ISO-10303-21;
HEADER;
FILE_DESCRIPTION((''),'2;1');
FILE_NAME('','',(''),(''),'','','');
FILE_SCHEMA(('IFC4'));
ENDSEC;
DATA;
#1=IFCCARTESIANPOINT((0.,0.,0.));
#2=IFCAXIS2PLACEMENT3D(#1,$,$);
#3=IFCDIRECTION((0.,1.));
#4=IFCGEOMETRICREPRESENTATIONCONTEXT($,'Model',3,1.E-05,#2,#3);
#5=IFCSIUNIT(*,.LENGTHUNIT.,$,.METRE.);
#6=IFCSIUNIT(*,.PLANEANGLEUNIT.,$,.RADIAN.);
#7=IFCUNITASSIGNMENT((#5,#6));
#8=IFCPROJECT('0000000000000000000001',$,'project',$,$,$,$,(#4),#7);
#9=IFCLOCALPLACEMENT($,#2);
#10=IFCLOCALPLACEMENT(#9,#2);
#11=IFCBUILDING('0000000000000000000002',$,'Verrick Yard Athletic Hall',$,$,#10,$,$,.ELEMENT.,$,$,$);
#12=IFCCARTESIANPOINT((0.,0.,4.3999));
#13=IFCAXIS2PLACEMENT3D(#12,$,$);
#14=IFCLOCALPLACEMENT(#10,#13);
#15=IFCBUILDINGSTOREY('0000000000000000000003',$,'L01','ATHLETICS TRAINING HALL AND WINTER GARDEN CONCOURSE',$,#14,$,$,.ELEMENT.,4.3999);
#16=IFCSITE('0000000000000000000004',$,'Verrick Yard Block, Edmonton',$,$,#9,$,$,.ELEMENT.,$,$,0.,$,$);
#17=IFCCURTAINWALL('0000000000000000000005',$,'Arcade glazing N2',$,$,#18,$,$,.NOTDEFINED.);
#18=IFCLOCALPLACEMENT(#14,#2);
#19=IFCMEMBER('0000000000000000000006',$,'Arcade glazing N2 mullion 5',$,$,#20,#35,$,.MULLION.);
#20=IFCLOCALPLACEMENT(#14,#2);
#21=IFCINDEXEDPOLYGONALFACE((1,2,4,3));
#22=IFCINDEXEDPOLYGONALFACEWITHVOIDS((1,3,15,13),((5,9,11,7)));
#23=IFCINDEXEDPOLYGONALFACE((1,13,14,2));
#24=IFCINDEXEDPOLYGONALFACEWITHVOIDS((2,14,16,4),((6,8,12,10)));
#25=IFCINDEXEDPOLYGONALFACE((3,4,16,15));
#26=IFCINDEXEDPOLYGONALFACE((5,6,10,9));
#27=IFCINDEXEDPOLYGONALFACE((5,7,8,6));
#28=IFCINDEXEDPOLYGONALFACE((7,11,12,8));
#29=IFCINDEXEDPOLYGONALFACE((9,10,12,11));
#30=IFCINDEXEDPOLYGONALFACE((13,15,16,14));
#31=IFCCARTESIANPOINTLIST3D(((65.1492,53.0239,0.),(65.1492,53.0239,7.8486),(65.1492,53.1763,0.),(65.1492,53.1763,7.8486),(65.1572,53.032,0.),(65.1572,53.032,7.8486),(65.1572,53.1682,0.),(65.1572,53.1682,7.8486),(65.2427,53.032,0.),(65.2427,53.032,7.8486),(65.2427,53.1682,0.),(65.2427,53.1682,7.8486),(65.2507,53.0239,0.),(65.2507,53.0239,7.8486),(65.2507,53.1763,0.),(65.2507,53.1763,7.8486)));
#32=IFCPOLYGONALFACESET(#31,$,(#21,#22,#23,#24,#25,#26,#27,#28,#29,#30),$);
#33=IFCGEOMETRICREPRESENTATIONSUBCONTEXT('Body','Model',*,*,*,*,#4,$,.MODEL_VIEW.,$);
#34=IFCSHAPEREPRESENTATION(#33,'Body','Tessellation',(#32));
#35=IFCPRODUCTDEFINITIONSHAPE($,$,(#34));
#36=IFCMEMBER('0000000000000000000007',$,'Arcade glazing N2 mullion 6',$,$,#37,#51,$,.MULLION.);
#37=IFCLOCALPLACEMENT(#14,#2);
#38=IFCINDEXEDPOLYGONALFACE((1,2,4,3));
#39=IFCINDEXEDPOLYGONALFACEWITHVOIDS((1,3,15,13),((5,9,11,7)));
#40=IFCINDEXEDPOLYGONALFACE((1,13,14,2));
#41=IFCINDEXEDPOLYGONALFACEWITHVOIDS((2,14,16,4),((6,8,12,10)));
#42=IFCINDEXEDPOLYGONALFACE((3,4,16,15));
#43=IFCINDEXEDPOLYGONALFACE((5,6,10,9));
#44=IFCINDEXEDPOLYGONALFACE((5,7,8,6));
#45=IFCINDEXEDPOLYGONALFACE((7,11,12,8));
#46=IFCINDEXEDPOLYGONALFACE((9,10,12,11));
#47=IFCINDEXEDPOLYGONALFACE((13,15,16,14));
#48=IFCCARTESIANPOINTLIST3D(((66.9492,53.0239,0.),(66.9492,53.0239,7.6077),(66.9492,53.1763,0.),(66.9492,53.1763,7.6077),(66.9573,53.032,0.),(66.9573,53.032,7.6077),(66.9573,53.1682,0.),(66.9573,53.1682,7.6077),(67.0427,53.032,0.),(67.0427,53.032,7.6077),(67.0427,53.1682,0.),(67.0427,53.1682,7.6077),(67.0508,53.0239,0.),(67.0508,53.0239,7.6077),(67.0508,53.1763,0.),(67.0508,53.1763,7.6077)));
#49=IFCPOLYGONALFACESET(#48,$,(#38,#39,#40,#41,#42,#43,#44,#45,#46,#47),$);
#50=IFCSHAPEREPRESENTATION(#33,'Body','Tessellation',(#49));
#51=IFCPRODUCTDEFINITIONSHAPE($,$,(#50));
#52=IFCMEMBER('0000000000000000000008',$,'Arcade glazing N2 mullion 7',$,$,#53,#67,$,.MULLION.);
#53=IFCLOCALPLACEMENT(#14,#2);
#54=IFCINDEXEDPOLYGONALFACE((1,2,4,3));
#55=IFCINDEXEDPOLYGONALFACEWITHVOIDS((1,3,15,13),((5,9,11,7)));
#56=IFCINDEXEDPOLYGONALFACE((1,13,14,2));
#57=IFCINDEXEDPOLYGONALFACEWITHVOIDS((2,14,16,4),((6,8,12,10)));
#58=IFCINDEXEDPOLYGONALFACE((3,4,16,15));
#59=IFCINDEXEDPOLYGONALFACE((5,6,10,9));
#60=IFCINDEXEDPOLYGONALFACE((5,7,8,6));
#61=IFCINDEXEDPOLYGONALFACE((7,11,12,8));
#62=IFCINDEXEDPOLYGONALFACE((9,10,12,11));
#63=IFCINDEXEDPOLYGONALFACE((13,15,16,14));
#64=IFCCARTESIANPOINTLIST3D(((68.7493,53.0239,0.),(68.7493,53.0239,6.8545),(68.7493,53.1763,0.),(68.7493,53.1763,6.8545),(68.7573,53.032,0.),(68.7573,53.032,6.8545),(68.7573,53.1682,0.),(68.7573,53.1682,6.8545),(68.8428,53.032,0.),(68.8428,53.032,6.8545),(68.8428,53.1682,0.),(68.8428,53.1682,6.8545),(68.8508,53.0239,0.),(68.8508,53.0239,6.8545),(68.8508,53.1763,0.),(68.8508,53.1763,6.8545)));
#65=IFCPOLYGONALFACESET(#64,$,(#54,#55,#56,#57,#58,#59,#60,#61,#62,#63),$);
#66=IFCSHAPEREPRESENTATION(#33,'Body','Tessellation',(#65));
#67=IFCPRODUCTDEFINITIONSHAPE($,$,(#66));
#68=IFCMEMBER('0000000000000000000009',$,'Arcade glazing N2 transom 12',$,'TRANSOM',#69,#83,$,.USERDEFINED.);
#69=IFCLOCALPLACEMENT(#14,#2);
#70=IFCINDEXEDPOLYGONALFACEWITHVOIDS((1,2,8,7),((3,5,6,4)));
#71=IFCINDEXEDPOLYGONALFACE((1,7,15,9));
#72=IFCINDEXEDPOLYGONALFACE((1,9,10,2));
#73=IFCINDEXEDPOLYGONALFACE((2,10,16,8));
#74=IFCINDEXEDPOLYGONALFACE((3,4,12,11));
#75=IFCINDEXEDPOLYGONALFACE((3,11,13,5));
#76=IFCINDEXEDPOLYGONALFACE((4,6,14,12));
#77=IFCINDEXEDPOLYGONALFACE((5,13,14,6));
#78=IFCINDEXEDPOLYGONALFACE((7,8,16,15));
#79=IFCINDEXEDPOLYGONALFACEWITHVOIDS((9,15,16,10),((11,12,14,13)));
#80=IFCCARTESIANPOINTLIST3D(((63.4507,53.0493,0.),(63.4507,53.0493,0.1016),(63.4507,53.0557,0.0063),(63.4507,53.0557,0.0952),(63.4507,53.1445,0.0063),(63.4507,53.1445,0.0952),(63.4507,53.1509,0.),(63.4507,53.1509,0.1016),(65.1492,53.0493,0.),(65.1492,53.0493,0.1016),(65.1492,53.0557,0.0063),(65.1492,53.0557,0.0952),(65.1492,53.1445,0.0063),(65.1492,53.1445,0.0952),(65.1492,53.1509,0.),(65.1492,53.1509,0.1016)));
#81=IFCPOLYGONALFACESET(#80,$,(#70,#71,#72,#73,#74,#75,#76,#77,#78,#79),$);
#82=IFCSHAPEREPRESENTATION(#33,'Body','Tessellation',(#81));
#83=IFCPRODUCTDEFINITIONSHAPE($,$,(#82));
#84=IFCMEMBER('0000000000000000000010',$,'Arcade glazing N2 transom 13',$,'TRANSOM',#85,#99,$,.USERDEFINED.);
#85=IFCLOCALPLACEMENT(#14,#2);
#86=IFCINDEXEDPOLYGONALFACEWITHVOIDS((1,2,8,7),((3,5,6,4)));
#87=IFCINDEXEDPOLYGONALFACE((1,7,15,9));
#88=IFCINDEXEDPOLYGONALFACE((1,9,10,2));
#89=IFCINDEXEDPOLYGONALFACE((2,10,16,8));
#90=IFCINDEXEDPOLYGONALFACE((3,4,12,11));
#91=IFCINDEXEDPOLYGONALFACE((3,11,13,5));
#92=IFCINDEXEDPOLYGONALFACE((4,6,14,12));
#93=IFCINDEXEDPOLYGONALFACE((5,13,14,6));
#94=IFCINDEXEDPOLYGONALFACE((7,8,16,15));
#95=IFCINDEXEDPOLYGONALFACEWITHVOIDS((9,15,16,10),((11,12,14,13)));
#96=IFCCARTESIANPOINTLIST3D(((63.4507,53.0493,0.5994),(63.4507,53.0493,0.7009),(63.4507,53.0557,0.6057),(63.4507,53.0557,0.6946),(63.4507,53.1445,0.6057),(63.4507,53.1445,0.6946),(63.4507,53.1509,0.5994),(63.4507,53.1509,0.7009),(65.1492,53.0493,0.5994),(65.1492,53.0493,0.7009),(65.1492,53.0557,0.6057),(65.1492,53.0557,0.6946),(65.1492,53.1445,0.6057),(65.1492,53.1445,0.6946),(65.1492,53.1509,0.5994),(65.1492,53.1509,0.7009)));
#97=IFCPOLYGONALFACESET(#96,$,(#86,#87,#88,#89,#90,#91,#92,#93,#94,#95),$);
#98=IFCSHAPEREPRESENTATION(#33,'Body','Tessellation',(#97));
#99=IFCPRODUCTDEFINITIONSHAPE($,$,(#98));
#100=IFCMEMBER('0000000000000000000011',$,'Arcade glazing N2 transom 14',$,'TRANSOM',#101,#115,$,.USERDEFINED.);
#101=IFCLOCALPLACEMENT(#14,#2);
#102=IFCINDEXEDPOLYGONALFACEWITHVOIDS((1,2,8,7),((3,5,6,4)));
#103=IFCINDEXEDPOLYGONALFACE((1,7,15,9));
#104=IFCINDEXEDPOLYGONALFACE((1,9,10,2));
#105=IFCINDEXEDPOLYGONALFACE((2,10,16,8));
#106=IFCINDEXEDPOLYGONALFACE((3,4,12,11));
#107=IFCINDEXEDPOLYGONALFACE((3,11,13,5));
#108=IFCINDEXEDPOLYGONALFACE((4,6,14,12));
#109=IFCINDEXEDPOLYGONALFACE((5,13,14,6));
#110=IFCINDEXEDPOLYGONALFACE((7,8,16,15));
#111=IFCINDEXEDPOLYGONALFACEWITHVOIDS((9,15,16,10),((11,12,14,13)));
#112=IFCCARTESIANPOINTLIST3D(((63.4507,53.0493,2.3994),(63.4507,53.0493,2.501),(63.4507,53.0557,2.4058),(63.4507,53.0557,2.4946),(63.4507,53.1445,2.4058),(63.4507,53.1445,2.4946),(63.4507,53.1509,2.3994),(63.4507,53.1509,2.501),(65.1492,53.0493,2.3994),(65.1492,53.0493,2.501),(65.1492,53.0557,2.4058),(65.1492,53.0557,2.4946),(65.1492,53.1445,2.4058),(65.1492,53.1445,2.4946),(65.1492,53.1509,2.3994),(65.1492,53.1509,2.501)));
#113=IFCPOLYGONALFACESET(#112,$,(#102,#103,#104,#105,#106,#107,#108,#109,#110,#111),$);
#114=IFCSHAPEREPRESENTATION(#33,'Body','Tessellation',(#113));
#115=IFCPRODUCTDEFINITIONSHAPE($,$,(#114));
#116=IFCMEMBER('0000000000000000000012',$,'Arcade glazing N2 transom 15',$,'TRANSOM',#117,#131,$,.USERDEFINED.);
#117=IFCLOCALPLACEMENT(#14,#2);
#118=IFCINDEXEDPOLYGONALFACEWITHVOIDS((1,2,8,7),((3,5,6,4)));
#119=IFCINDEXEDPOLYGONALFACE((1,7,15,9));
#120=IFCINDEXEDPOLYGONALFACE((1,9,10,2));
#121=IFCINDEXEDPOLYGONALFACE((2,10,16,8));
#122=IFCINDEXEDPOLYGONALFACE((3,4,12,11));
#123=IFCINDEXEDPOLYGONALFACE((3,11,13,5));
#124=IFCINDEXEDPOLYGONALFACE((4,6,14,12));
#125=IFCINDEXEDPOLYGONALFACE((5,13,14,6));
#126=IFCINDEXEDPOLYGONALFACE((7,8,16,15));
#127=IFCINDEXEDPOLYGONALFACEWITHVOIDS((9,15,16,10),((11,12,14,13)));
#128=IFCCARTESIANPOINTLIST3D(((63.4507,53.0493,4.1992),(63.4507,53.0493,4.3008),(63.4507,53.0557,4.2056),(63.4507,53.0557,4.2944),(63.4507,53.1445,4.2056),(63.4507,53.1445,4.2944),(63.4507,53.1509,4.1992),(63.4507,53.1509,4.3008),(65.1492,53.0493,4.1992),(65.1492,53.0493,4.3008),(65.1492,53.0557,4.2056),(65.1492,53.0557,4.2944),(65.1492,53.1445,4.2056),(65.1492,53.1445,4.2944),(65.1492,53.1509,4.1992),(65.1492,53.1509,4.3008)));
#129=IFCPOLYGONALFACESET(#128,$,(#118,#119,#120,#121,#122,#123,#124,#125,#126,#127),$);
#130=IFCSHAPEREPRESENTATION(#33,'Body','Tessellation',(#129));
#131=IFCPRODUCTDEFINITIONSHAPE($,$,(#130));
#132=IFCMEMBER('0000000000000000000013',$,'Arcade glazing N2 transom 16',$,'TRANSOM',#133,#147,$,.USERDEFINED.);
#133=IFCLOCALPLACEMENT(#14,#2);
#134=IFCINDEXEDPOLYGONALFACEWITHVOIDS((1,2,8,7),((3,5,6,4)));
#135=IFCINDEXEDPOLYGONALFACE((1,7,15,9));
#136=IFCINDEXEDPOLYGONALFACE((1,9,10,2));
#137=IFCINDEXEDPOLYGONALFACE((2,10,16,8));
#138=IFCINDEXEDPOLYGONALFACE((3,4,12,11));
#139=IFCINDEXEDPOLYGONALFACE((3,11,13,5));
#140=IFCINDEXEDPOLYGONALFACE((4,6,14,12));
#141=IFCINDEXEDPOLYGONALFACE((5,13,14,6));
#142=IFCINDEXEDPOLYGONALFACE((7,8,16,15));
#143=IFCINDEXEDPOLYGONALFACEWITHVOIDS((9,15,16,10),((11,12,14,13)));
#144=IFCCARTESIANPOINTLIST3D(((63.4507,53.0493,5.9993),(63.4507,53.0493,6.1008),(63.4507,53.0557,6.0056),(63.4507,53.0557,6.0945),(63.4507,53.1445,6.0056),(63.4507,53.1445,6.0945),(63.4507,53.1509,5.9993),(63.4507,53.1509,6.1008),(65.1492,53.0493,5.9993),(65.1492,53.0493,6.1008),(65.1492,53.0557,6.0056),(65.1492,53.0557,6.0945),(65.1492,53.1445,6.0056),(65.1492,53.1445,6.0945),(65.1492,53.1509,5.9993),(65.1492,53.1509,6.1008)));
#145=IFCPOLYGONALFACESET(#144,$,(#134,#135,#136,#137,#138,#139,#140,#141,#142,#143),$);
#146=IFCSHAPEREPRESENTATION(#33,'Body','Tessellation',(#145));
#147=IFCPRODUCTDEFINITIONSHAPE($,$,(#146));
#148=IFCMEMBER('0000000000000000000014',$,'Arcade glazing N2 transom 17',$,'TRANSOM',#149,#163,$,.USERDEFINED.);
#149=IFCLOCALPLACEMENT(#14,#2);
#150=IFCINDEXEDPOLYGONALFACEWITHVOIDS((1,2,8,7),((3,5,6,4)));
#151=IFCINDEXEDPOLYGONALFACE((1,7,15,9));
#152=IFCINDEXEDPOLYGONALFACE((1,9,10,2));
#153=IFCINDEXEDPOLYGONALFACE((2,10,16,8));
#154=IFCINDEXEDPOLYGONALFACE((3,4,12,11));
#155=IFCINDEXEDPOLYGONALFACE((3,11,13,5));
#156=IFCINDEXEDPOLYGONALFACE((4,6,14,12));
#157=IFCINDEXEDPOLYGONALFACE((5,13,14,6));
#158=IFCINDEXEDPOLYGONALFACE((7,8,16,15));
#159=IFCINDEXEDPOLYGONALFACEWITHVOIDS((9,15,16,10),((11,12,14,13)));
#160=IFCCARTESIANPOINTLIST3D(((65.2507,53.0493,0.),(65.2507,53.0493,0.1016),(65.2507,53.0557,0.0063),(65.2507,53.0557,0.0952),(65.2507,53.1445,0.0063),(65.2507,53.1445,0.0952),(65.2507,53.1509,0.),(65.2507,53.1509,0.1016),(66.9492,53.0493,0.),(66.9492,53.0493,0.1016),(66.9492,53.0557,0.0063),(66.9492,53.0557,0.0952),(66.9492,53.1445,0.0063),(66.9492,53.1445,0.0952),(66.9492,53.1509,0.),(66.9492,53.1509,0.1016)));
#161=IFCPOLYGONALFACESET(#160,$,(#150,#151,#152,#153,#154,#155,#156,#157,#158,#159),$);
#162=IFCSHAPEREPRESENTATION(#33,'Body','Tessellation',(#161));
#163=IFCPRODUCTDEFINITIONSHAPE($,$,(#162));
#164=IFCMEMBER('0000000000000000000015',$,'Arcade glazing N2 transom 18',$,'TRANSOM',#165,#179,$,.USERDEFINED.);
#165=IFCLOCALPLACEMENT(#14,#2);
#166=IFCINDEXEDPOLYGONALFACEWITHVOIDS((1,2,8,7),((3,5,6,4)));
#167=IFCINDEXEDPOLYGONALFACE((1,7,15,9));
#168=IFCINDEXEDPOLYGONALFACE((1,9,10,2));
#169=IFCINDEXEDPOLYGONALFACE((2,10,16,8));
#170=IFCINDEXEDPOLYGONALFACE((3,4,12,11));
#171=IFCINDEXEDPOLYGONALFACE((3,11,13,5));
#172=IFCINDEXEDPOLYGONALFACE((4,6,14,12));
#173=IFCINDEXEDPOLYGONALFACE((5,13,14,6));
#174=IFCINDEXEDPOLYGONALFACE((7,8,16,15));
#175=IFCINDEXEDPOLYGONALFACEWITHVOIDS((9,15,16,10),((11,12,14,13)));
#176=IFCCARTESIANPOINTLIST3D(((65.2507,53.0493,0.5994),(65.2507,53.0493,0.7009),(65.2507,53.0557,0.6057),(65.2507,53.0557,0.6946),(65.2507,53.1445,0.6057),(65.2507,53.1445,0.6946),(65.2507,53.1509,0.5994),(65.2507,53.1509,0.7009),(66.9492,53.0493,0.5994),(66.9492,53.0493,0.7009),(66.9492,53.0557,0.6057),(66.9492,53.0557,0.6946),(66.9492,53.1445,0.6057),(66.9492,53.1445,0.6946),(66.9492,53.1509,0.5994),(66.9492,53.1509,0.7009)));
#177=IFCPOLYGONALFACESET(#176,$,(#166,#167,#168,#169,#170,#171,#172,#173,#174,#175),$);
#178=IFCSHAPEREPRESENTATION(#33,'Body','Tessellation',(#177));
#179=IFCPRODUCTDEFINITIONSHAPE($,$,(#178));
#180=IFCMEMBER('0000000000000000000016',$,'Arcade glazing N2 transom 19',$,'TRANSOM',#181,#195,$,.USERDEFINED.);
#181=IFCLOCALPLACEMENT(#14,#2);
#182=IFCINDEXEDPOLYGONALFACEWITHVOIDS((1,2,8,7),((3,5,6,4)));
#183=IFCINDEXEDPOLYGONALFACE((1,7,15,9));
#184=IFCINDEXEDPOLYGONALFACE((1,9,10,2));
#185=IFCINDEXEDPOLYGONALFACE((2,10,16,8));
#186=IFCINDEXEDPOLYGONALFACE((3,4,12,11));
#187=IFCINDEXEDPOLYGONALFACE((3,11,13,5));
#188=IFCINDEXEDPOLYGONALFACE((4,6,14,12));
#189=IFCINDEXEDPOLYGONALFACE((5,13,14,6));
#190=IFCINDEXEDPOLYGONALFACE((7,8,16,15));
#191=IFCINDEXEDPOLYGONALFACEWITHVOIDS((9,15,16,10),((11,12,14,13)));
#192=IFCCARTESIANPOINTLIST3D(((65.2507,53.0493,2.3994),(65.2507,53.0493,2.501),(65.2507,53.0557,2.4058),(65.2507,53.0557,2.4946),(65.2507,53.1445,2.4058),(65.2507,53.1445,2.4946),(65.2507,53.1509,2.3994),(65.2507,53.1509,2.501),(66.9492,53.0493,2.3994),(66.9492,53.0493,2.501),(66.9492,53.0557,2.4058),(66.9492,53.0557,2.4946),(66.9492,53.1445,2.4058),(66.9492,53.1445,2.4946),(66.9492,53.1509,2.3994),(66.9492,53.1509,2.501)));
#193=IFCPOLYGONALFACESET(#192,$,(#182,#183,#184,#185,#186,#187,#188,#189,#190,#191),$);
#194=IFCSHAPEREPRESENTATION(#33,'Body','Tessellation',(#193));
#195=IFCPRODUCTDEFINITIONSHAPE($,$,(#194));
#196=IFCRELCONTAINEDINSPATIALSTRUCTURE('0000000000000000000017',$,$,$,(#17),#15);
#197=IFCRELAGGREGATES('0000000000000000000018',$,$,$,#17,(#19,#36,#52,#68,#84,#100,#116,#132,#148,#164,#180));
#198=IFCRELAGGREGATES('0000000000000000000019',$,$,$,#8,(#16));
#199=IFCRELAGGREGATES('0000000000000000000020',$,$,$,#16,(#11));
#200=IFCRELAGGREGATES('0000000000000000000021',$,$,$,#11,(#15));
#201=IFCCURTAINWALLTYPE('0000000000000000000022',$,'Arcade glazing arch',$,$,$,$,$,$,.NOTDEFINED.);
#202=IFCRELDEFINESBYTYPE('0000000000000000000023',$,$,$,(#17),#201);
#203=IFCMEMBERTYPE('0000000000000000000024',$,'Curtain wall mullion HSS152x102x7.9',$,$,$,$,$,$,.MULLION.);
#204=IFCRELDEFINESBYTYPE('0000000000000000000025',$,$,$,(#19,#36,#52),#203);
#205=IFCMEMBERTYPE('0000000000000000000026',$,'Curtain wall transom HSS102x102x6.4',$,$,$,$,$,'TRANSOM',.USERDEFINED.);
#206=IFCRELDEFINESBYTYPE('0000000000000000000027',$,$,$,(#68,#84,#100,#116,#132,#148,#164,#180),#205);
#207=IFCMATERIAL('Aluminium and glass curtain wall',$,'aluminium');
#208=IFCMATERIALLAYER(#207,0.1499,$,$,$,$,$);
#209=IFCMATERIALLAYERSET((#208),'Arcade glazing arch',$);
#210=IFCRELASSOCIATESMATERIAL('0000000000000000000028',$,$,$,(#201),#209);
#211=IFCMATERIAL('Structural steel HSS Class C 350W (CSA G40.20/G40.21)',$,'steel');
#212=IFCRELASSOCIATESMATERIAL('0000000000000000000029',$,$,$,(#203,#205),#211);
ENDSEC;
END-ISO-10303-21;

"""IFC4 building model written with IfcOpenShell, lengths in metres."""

from ifc_helpers import new_model, si_unit, direction, frame, origin, origin_2d, place, context, subcontext, project, spatial, hollow_rectangle, extrude, material, layer, layer_set, material_profile, profile_set, type_object, element, aggregate, save


model = new_model("IFC4")

# Units and contexts
model_context = context("Model", 3, precision=1e-05, world=origin(), true_north=direction((0.0, 1.0)))
body_context = subcontext(model_context, "Body", "Model", "MODEL_VIEW")
ifc_project = project(units=[si_unit("LENGTHUNIT", "METRE"), si_unit("PLANEANGLEUNIT", "RADIAN")], contexts=[model_context])

# Site, building, storey
site_placement = place(None, origin())
site = spatial("IfcSite", under=ifc_project, at=site_placement, Name="Verrick Yard Block, Edmonton", CompositionType="ELEMENT", RefElevation=0.0)
building_placement = place(site_placement, origin())
building = spatial("IfcBuilding", under=site, at=building_placement, Name="Verrick Yard Athletic Hall", CompositionType="ELEMENT")
storey_placement = place(building_placement, frame((0.0, 0.0, 4.3999)))
storey = spatial("IfcBuildingStorey", under=building, at=storey_placement, Name="L01", Description="ATHLETICS TRAINING HALL AND WINTER GARDEN CONCOURSE", CompositionType="ELEMENT", Elevation=4.3999)

# Curtain wall, members
ifc_material_1 = material(Name="Aluminium and glass curtain wall", Category="aluminium")
ifc_layer_1 = layer(ifc_material_1, 0.1499)
ifc_layer_set_1 = layer_set([ifc_layer_1], Name="Arcade glazing arch")
curtain_wall_type = type_object("IfcCurtainWallType", Name="Arcade glazing arch", PredefinedType="NOTDEFINED", material=ifc_layer_set_1)
curtain_wall_placement = place(storey_placement, origin())
curtain_wall = element("IfcCurtainWall", 1, at=curtain_wall_placement, inside=storey, type_object=curtain_wall_type, Name="Arcade glazing N2", PredefinedType="NOTDEFINED")
ifc_material_2 = material(Name="Structural steel HSS Class C 350W (CSA G40.20/G40.21)", Category="steel")
ifc_material_profile_1 = material_profile(ifc_material_2, hollow_rectangle(XDim=0.1016, YDim=0.1523, WallThickness=0.0081, at=origin_2d()), Name="HSS152x102x7.9")
ifc_profile_set_1 = profile_set([ifc_material_profile_1], Name="Structural steel HSS Class C 350W (CSA G40.20/G40.21)")
member_type_1 = type_object("IfcMemberType", Name="Curtain wall mullion HSS152x102x7.9", PredefinedType="MULLION", material=ifc_profile_set_1)
member_1_placement = place(storey_placement, frame((65.2, 53.1001, 0.0), z_axis=(0.0, 0.0, 1.0), x_axis=(1.0, 0.0, 0.0)))
member_1 = element("IfcMember", 2, at=member_1_placement, type_object=member_type_1, Name="Arcade glazing N2 mullion 5", PredefinedType="MULLION", context=body_context, shape_type="SweptSolid", body=[
    extrude(hollow_rectangle(XDim=0.1016, YDim=0.1523, WallThickness=0.0081, at=origin_2d()), origin(), (0.0, 0.0, 1.0), 7.8486),
])
member_2_placement = place(storey_placement, frame((67.0, 53.1001, 0.0), z_axis=(0.0, 0.0, 1.0), x_axis=(1.0, 0.0, 0.0)))
member_2 = element("IfcMember", 3, at=member_2_placement, type_object=member_type_1, Name="Arcade glazing N2 mullion 6", PredefinedType="MULLION", context=body_context, shape_type="SweptSolid", body=[
    extrude(hollow_rectangle(XDim=0.1016, YDim=0.1523, WallThickness=0.0081, at=origin_2d()), origin(), (0.0, 0.0, 1.0), 7.6077),
])
member_3_placement = place(storey_placement, frame((68.8, 53.1001, 0.0), z_axis=(0.0, 0.0, 1.0), x_axis=(1.0, 0.0, 0.0)))
member_3 = element("IfcMember", 4, at=member_3_placement, type_object=member_type_1, Name="Arcade glazing N2 mullion 7", PredefinedType="MULLION", context=body_context, shape_type="SweptSolid", body=[
    extrude(hollow_rectangle(XDim=0.1016, YDim=0.1523, WallThickness=0.0081, at=origin_2d()), origin(), (0.0, 0.0, 1.0), 6.8545),
])
ifc_material_profile_2 = material_profile(ifc_material_2, hollow_rectangle(XDim=0.1016, YDim=0.1016, WallThickness=0.0063, at=origin_2d()), Name="HSS102x102x6.4")
ifc_profile_set_2 = profile_set([ifc_material_profile_2], Name="Structural steel HSS Class C 350W (CSA G40.20/G40.21)")
member_type_2 = type_object("IfcMemberType", Name="Curtain wall transom HSS102x102x6.4", ElementType="TRANSOM", PredefinedType="USERDEFINED", material=ifc_profile_set_2)
member_4_placement = place(storey_placement, frame((63.4507, 53.1001, 0.0508), z_axis=(1.0, 0.0, 0.0), x_axis=(0.0, 1.0, 0.0)))
member_4 = element("IfcMember", 5, at=member_4_placement, type_object=member_type_2, Name="Arcade glazing N2 transom 12", ObjectType="TRANSOM", PredefinedType="USERDEFINED", context=body_context, shape_type="SweptSolid", body=[
    extrude(hollow_rectangle(XDim=0.1016, YDim=0.1016, WallThickness=0.0063, at=origin_2d()), origin(), (0.0, 0.0, 1.0), 1.6985),
])
member_5_placement = place(storey_placement, frame((63.4507, 53.1001, 0.6501), z_axis=(1.0, 0.0, 0.0), x_axis=(0.0, 1.0, 0.0)))
member_5 = element("IfcMember", 6, at=member_5_placement, type_object=member_type_2, Name="Arcade glazing N2 transom 13", ObjectType="TRANSOM", PredefinedType="USERDEFINED", context=body_context, shape_type="SweptSolid", body=[
    extrude(hollow_rectangle(XDim=0.1016, YDim=0.1016, WallThickness=0.0063, at=origin_2d()), origin(), (0.0, 0.0, 1.0), 1.6985),
])
member_6_placement = place(storey_placement, frame((63.4507, 53.1001, 2.4502), z_axis=(1.0, 0.0, 0.0), x_axis=(0.0, 1.0, 0.0)))
member_6 = element("IfcMember", 7, at=member_6_placement, type_object=member_type_2, Name="Arcade glazing N2 transom 14", ObjectType="TRANSOM", PredefinedType="USERDEFINED", context=body_context, shape_type="SweptSolid", body=[
    extrude(hollow_rectangle(XDim=0.1016, YDim=0.1016, WallThickness=0.0063, at=origin_2d()), origin(), (0.0, 0.0, 1.0), 1.6985),
])
member_7_placement = place(storey_placement, frame((63.4507, 53.1001, 4.25), z_axis=(1.0, 0.0, 0.0), x_axis=(0.0, 1.0, 0.0)))
member_7 = element("IfcMember", 8, at=member_7_placement, type_object=member_type_2, Name="Arcade glazing N2 transom 15", ObjectType="TRANSOM", PredefinedType="USERDEFINED", context=body_context, shape_type="SweptSolid", body=[
    extrude(hollow_rectangle(XDim=0.1016, YDim=0.1016, WallThickness=0.0063, at=origin_2d()), origin(), (0.0, 0.0, 1.0), 1.6985),
])
member_8_placement = place(storey_placement, frame((63.4507, 53.1001, 6.05), z_axis=(1.0, 0.0, 0.0), x_axis=(0.0, 1.0, 0.0)))
member_8 = element("IfcMember", 9, at=member_8_placement, type_object=member_type_2, Name="Arcade glazing N2 transom 16", ObjectType="TRANSOM", PredefinedType="USERDEFINED", context=body_context, shape_type="SweptSolid", body=[
    extrude(hollow_rectangle(XDim=0.1016, YDim=0.1016, WallThickness=0.0063, at=origin_2d()), origin(), (0.0, 0.0, 1.0), 1.6985),
])
member_9_placement = place(storey_placement, frame((65.2507, 53.1001, 0.0508), z_axis=(1.0, 0.0, 0.0), x_axis=(0.0, 1.0, 0.0)))
member_9 = element("IfcMember", 10, at=member_9_placement, type_object=member_type_2, Name="Arcade glazing N2 transom 17", ObjectType="TRANSOM", PredefinedType="USERDEFINED", context=body_context, shape_type="SweptSolid", body=[
    extrude(hollow_rectangle(XDim=0.1016, YDim=0.1016, WallThickness=0.0063, at=origin_2d()), origin(), (0.0, 0.0, 1.0), 1.6985),
])
member_10_placement = place(storey_placement, frame((65.2507, 53.1001, 0.6501), z_axis=(1.0, 0.0, 0.0), x_axis=(0.0, 1.0, 0.0)))
member_10 = element("IfcMember", 11, at=member_10_placement, type_object=member_type_2, Name="Arcade glazing N2 transom 18", ObjectType="TRANSOM", PredefinedType="USERDEFINED", context=body_context, shape_type="SweptSolid", body=[
    extrude(hollow_rectangle(XDim=0.1016, YDim=0.1016, WallThickness=0.0063, at=origin_2d()), origin(), (0.0, 0.0, 1.0), 1.6985),
])
member_11_placement = place(storey_placement, frame((65.2507, 53.1001, 2.4502), z_axis=(1.0, 0.0, 0.0), x_axis=(0.0, 1.0, 0.0)))
member_11 = element("IfcMember", 12, at=member_11_placement, type_object=member_type_2, Name="Arcade glazing N2 transom 19", ObjectType="TRANSOM", PredefinedType="USERDEFINED", context=body_context, shape_type="SweptSolid", body=[
    extrude(hollow_rectangle(XDim=0.1016, YDim=0.1016, WallThickness=0.0063, at=origin_2d()), origin(), (0.0, 0.0, 1.0), 1.6985),
])
aggregate(curtain_wall, [member_1, member_2, member_3, member_4, member_5, member_6, member_7, member_8, member_9, member_10, member_11])

save(model, "model.ifc")
